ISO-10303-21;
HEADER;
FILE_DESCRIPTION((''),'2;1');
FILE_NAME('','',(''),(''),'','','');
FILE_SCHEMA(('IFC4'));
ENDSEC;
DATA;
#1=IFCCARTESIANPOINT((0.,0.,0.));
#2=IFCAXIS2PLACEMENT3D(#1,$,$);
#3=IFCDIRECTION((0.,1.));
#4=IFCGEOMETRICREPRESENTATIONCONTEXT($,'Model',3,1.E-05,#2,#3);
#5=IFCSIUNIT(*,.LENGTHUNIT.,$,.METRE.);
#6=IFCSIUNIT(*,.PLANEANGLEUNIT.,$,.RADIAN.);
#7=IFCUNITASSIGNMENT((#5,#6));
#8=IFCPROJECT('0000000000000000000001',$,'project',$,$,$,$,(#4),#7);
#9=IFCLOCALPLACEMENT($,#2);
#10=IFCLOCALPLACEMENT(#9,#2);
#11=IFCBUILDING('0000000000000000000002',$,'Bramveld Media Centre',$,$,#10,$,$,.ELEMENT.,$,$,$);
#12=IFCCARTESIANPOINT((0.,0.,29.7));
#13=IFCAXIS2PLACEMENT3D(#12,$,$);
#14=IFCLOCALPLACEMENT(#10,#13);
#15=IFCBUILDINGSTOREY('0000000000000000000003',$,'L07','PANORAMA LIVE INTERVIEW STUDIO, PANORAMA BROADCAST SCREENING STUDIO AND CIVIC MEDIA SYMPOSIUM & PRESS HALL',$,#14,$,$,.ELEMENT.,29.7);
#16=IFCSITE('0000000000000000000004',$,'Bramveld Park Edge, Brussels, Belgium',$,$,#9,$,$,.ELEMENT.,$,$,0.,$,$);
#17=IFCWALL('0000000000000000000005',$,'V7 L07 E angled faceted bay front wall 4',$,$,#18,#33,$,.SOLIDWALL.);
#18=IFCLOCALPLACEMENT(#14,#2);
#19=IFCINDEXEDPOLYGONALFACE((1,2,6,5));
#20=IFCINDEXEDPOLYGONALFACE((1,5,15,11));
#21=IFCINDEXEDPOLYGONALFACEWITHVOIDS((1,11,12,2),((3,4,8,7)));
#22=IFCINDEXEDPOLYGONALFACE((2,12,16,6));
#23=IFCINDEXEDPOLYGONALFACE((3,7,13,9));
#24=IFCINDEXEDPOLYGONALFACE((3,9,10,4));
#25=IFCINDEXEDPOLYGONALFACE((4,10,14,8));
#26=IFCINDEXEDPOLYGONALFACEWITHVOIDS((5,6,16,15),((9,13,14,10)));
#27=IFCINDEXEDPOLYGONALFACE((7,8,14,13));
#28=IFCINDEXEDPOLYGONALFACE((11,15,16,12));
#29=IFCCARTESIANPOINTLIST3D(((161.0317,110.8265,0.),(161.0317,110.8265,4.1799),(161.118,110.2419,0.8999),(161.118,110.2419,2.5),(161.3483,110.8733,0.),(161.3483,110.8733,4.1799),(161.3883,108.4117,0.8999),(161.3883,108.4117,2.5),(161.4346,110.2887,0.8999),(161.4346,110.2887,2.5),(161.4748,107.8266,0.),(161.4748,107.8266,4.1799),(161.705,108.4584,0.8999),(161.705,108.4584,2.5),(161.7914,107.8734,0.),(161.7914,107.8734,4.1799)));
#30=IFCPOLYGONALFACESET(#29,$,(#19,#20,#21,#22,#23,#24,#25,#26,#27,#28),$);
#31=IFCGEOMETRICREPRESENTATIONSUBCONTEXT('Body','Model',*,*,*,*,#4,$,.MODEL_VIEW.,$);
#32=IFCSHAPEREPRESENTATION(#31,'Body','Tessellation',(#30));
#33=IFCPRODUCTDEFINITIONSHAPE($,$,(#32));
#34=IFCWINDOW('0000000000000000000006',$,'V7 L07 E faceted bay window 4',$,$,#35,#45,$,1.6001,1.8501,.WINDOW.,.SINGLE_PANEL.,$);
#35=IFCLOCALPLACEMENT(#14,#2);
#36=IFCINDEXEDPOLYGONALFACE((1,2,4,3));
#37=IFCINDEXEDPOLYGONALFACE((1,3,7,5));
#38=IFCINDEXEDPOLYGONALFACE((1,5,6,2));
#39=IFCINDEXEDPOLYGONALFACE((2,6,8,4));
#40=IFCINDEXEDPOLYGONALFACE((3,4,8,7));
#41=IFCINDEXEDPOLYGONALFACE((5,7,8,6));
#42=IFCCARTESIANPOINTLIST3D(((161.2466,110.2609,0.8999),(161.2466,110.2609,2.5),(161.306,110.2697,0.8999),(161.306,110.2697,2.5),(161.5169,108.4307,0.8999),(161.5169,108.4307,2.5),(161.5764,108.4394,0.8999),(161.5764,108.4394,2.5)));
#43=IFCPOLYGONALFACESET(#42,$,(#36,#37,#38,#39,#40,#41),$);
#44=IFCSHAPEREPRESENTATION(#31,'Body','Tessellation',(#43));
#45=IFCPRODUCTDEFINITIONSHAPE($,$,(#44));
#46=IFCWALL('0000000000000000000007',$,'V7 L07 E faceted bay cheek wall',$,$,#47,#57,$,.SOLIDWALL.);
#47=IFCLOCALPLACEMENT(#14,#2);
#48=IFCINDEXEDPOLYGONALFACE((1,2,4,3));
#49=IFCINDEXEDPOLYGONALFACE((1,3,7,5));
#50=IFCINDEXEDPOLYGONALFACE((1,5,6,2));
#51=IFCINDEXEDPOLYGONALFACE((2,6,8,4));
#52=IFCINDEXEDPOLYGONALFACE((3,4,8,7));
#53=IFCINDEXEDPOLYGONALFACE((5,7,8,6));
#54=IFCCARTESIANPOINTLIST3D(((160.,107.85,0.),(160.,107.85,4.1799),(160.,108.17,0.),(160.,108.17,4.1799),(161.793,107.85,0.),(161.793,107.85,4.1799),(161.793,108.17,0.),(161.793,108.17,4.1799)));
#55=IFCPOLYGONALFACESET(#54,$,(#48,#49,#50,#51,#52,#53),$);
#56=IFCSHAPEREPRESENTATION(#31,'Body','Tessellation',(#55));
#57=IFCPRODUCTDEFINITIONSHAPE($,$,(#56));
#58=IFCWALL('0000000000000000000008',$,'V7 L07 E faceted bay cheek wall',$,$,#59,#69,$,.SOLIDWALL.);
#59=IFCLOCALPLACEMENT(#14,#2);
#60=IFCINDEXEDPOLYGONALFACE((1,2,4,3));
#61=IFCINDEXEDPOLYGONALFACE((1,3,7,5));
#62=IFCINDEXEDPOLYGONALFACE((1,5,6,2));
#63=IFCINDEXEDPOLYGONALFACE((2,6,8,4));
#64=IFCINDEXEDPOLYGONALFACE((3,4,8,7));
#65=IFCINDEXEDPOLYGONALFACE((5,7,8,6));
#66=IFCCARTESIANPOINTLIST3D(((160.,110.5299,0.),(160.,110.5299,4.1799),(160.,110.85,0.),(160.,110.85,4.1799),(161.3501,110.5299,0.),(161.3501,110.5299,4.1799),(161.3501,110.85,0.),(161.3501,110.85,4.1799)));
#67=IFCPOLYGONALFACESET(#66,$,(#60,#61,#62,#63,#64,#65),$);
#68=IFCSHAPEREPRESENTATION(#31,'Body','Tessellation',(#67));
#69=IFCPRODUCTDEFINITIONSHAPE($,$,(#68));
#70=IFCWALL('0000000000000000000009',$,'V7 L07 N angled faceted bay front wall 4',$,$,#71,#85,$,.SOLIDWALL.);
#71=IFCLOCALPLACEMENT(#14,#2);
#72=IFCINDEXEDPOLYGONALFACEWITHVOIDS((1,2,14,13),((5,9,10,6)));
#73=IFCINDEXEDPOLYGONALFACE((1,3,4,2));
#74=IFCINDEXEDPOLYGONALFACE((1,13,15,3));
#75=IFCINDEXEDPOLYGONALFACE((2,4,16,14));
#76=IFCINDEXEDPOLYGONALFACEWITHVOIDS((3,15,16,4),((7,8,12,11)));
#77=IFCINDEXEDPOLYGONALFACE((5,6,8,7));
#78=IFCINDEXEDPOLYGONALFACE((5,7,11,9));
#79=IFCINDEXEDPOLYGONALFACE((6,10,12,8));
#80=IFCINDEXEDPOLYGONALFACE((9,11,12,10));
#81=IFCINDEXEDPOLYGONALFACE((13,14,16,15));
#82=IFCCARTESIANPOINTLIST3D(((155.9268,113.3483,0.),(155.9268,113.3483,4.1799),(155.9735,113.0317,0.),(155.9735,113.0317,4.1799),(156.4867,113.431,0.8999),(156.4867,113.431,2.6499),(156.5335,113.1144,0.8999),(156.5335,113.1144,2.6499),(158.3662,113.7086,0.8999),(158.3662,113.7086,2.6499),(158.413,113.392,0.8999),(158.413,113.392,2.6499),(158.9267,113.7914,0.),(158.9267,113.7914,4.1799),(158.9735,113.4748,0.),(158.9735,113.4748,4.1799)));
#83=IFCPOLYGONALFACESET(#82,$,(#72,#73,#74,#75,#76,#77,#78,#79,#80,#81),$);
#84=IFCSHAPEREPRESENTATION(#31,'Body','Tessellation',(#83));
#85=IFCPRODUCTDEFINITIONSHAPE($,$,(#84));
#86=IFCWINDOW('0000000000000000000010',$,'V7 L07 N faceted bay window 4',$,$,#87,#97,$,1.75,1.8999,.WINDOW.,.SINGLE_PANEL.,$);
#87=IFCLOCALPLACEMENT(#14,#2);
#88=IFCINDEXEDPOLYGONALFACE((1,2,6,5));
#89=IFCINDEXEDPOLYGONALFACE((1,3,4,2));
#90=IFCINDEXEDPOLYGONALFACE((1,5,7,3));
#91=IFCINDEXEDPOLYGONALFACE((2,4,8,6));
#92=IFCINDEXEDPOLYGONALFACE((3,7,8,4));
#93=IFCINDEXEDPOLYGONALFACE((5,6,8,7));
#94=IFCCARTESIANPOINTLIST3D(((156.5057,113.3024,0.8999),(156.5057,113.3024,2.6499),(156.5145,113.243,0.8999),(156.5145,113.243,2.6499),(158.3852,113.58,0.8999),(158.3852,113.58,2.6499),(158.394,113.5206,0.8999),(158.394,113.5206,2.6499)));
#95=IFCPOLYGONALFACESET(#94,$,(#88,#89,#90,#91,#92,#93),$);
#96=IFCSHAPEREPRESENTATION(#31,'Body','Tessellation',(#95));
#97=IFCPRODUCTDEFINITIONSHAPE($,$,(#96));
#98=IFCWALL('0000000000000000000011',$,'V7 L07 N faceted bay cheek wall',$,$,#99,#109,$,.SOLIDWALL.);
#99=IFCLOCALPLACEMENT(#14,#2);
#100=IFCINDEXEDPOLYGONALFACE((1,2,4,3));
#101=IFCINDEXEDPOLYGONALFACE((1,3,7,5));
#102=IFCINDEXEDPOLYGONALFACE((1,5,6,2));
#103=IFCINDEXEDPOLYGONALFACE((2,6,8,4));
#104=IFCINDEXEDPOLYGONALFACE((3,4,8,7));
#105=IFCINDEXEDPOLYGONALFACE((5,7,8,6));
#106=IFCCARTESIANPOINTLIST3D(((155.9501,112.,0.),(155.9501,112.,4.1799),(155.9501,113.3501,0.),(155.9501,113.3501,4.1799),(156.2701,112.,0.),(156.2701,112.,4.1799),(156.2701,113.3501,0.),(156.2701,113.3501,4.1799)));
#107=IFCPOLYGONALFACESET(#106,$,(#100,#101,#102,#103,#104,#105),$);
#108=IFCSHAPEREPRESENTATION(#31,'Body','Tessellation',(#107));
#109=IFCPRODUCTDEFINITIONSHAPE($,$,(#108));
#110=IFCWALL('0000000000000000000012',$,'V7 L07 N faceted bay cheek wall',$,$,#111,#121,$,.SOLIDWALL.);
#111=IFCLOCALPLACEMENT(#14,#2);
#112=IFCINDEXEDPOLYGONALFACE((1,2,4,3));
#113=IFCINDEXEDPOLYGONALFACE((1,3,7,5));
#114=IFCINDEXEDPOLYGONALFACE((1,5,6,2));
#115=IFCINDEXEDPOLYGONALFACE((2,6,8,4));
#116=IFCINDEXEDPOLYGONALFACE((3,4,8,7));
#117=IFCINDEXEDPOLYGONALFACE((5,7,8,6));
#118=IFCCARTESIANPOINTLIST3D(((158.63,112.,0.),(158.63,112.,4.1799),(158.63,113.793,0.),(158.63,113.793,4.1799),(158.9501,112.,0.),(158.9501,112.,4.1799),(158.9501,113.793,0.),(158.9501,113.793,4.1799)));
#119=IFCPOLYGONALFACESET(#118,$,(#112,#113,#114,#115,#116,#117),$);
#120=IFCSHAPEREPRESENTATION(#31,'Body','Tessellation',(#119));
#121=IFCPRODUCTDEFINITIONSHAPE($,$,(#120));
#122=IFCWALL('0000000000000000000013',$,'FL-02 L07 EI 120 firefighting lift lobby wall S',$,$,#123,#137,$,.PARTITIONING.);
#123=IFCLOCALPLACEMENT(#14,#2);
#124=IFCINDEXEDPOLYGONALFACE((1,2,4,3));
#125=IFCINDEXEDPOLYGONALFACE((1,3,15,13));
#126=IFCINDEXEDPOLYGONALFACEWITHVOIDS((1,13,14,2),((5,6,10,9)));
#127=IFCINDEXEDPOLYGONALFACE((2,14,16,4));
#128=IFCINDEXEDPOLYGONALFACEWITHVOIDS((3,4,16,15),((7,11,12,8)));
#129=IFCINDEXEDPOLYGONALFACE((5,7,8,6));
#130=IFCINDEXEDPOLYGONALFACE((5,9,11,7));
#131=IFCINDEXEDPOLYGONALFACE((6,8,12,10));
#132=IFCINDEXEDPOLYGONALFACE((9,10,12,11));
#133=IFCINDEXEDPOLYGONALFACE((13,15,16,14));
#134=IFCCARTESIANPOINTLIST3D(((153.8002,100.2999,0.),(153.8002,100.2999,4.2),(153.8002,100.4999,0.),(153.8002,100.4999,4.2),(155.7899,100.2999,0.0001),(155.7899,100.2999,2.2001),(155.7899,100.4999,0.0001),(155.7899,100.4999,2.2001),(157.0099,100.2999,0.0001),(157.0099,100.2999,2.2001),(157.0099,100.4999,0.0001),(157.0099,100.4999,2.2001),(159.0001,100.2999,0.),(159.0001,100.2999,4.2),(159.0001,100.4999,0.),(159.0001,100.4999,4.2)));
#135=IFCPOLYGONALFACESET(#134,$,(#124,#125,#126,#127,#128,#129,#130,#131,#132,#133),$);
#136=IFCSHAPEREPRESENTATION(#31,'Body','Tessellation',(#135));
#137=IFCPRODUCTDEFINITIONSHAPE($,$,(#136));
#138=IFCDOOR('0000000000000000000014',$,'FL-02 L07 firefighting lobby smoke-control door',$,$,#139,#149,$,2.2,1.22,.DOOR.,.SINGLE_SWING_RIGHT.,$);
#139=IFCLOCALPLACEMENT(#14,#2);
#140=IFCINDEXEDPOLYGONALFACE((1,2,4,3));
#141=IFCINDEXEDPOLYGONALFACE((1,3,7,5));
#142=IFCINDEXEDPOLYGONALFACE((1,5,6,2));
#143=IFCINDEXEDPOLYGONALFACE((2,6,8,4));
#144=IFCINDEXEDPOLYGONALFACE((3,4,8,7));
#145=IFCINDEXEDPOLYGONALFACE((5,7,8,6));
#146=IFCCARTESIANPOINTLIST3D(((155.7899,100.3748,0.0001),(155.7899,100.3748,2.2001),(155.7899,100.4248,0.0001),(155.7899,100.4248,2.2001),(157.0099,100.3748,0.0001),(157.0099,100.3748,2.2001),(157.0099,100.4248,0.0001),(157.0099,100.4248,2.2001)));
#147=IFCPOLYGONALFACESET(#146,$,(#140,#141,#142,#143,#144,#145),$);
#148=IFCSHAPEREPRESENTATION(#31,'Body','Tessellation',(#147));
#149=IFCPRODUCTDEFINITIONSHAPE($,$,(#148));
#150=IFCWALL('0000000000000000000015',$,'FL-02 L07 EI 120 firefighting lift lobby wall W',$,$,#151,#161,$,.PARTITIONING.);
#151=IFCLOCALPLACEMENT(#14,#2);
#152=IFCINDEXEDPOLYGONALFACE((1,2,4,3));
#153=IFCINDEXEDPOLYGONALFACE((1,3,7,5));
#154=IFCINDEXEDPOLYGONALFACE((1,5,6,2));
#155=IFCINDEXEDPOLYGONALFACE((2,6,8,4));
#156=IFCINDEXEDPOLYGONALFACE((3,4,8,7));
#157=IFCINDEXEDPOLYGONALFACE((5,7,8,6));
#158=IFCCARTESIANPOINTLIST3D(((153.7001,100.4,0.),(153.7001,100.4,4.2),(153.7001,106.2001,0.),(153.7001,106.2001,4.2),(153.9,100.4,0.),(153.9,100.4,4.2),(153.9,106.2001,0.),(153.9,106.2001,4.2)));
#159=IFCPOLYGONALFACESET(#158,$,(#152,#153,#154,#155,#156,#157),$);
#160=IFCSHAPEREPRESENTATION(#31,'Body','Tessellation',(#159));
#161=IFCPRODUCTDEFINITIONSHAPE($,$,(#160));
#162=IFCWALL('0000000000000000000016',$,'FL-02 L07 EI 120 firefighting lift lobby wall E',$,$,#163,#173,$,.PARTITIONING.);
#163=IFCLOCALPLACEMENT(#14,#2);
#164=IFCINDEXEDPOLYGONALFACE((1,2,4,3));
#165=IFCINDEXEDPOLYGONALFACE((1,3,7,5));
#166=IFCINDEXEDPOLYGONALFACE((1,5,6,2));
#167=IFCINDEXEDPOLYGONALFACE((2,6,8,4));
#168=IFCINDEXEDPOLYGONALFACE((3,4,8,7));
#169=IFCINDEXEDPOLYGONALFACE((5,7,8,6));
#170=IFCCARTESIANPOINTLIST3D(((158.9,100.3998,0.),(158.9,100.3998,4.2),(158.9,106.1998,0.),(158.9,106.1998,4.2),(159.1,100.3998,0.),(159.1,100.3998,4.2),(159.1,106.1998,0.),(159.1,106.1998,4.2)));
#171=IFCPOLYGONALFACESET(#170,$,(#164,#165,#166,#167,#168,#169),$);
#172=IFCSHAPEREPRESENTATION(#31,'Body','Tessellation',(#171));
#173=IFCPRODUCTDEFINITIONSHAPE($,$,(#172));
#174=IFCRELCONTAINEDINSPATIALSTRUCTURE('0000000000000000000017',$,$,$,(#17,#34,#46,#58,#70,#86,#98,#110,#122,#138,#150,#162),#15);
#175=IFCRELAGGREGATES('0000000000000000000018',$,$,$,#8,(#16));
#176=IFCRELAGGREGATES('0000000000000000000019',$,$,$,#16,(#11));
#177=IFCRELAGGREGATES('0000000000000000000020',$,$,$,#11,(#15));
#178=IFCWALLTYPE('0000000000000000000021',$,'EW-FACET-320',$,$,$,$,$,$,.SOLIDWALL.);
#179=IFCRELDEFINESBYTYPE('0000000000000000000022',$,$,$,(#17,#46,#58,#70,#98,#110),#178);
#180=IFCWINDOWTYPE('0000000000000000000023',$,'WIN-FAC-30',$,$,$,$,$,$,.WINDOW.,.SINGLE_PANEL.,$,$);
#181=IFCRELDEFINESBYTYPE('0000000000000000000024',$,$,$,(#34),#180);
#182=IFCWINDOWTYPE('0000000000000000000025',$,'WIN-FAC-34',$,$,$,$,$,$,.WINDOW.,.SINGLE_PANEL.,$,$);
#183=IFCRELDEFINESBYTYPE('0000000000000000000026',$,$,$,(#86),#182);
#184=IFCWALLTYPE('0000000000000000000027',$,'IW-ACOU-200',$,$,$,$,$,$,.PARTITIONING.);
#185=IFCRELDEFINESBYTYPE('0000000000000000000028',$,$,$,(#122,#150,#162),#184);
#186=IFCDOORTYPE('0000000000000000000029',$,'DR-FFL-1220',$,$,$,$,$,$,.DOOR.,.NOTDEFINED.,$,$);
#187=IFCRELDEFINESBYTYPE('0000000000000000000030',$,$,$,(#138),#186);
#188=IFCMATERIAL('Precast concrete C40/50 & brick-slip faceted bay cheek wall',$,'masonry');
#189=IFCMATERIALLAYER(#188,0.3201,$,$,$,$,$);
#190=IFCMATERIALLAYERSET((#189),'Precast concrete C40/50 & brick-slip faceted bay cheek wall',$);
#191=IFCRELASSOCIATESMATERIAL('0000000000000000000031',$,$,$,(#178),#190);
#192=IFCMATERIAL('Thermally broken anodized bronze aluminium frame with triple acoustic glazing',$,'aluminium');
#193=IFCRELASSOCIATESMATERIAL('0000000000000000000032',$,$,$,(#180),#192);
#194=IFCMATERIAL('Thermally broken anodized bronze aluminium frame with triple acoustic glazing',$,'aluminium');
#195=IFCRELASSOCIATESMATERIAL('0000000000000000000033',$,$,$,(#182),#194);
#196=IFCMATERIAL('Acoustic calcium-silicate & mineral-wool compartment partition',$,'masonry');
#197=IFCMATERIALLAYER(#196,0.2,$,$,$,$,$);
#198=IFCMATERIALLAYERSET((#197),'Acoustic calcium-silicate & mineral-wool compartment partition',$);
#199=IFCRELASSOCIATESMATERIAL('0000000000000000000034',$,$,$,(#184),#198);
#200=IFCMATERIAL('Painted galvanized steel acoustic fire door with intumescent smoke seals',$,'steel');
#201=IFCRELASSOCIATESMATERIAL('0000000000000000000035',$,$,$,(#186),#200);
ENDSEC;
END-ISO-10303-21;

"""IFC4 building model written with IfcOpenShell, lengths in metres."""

from ifc_helpers import new_model, si_unit, direction, frame, frame_2d, origin, place, context, subcontext, project, spatial, rectangle, extrude, material, layer, layer_set, type_object, element, fill, save


model = new_model("IFC4")

# Units and contexts
model_context = context("Model", 3, precision=1e-05, world=origin(), true_north=direction((0.0, 1.0)))
body_context = subcontext(model_context, "Body", "Model", "MODEL_VIEW")
ifc_project = project(units=[si_unit("LENGTHUNIT", "METRE"), si_unit("PLANEANGLEUNIT", "RADIAN")], contexts=[model_context])

# Site, building, storey
site_placement = place(None, origin())
site = spatial("IfcSite", under=ifc_project, at=site_placement, Name="Bramveld Park Edge, Brussels, Belgium", CompositionType="ELEMENT", RefElevation=0.0)
building_placement = place(site_placement, origin())
building = spatial("IfcBuilding", under=site, at=building_placement, Name="Bramveld Media Centre", CompositionType="ELEMENT")
storey_placement = place(building_placement, frame((0.0, 0.0, 29.7)))
storey = spatial("IfcBuildingStorey", under=building, at=storey_placement, Name="L07", Description="PANORAMA LIVE INTERVIEW STUDIO, PANORAMA BROADCAST SCREENING STUDIO AND CIVIC MEDIA SYMPOSIUM & PRESS HALL", CompositionType="ELEMENT", Elevation=29.7)

# Shared definitions
ifc_material_1 = material(Name="Precast concrete C40/50 & brick-slip faceted bay cheek wall", Category="masonry")
ifc_layer_1 = layer(ifc_material_1, 0.3201)
ifc_layer_set_1 = layer_set([ifc_layer_1], Name="Precast concrete C40/50 & brick-slip faceted bay cheek wall")
wall_type_1 = type_object("IfcWallType", Name="EW-FACET-320", PredefinedType="SOLIDWALL", material=ifc_layer_set_1)

# Wall, opening, window
wall_1_placement = place(storey_placement, frame((161.6331, 107.8501, 0.0), z_axis=(0.0, 0.0, 1.0), x_axis=(-0.14612, 0.989267, 0.0)))
wall_1 = element("IfcWall", 1, at=wall_1_placement, inside=storey, type_object=wall_type_1, Name="V7 L07 E angled faceted bay front wall 4", PredefinedType="SOLIDWALL", context=body_context, shape_type="SweptSolid", body=[
    extrude(rectangle(XDim=3.0325, YDim=0.3201, at=frame_2d((1.5161, 0.0))), origin(), (0.0, 0.0, 1.0), 4.1799),
])
opening_1_placement = place(wall_1_placement, frame((0.5913, 0.0, 0.8999)))
opening_1 = element("IfcOpeningElement", 2, at=opening_1_placement, cuts=wall_1, PredefinedType="OPENING", context=body_context, shape_type="SweptSolid", body=[
    extrude(rectangle(XDim=1.8501, YDim=1.6001, at=frame_2d((0.925, 0.8))), frame((0.0, 0.1719, 0.0), z_axis=(0.0, -1.0, 0.0), x_axis=(1.0, 0.0, 0.0)), (0.0, 0.0, 1.0), 0.344),
])
ifc_material_2 = material(Name="Thermally broken anodized bronze aluminium frame with triple acoustic glazing", Category="aluminium")
window_type_1 = type_object("IfcWindowType", Name="WIN-FAC-30", PartitioningType="SINGLE_PANEL", PredefinedType="WINDOW", material=ifc_material_2)
window_1_placement = place(opening_1_placement, origin())
window_1 = element("IfcWindow", 3, at=window_1_placement, inside=storey, type_object=window_type_1, Name="V7 L07 E faceted bay window 4", OverallHeight=1.6001, OverallWidth=1.8501, PartitioningType="SINGLE_PANEL", PredefinedType="WINDOW", context=body_context, shape_type="SweptSolid", body=[
    extrude(rectangle(XDim=1.8501, YDim=1.6001, at=frame_2d((0.925, 0.8))), frame((0.0, 0.03, 0.0), z_axis=(0.0, -1.0, 0.0), x_axis=(1.0, 0.0, 0.0)), (0.0, 0.0, 1.0), 0.0601),
])
fill(opening_1, window_1)

# Walls
wall_2_placement = place(storey_placement, frame((160.0, 108.01, 0.0), z_axis=(0.0, 0.0, 1.0), x_axis=(1.0, 0.0, 0.0)))
element("IfcWall", 4, at=wall_2_placement, inside=storey, type_object=wall_type_1, Name="V7 L07 E faceted bay cheek wall", PredefinedType="SOLIDWALL", context=body_context, shape_type="SweptSolid", body=[
    extrude(rectangle(XDim=1.793, YDim=0.3201, at=frame_2d((0.8965, 0.0))), origin(), (0.0, 0.0, 1.0), 4.1799),
])
wall_3_placement = place(storey_placement, frame((160.0, 110.6899, 0.0), z_axis=(0.0, 0.0, 1.0), x_axis=(1.0, 0.0, 0.0)))
element("IfcWall", 5, at=wall_3_placement, inside=storey, type_object=wall_type_1, Name="V7 L07 E faceted bay cheek wall", PredefinedType="SOLIDWALL", context=body_context, shape_type="SweptSolid", body=[
    extrude(rectangle(XDim=1.3501, YDim=0.3201, at=frame_2d((0.675, 0.0))), origin(), (0.0, 0.0, 1.0), 4.1799),
])

# Wall, opening, window
wall_4_placement = place(storey_placement, frame((158.95, 113.6331, 0.0), z_axis=(0.0, 0.0, 1.0), x_axis=(-0.989267, -0.14612, 0.0)))
wall_4 = element("IfcWall", 6, at=wall_4_placement, inside=storey, type_object=wall_type_1, Name="V7 L07 N angled faceted bay front wall 4", PredefinedType="SOLIDWALL", context=body_context, shape_type="SweptSolid", body=[
    extrude(rectangle(XDim=3.0325, YDim=0.3201, at=frame_2d((1.5161, 0.0))), origin(), (0.0, 0.0, 1.0), 4.1799),
])
opening_2_placement = place(wall_4_placement, frame((0.5664, 0.0, 0.8999)))
opening_2 = element("IfcOpeningElement", 7, at=opening_2_placement, cuts=wall_4, PredefinedType="OPENING", context=body_context, shape_type="SweptSolid", body=[
    extrude(rectangle(XDim=1.8999, YDim=1.75, at=frame_2d((0.95, 0.875))), frame((0.0, 0.1719, 0.0), z_axis=(0.0, -1.0, 0.0), x_axis=(1.0, 0.0, 0.0)), (0.0, 0.0, 1.0), 0.344),
])
ifc_material_3 = material(Name="Thermally broken anodized bronze aluminium frame with triple acoustic glazing", Category="aluminium")
window_type_2 = type_object("IfcWindowType", Name="WIN-FAC-34", PartitioningType="SINGLE_PANEL", PredefinedType="WINDOW", material=ifc_material_3)
window_2_placement = place(opening_2_placement, origin())
window_2 = element("IfcWindow", 8, at=window_2_placement, inside=storey, type_object=window_type_2, Name="V7 L07 N faceted bay window 4", OverallHeight=1.75, OverallWidth=1.8999, PartitioningType="SINGLE_PANEL", PredefinedType="WINDOW", context=body_context, shape_type="SweptSolid", body=[
    extrude(rectangle(XDim=1.8999, YDim=1.75, at=frame_2d((0.95, 0.875))), frame((0.0, 0.03, 0.0), z_axis=(0.0, -1.0, 0.0), x_axis=(1.0, 0.0, 0.0)), (0.0, 0.0, 1.0), 0.0601),
])
fill(opening_2, window_2)

# Walls
wall_5_placement = place(storey_placement, frame((156.1101, 112.0, 0.0), z_axis=(0.0, 0.0, 1.0), x_axis=(0.0, 1.0, 0.0)))
element("IfcWall", 9, at=wall_5_placement, inside=storey, type_object=wall_type_1, Name="V7 L07 N faceted bay cheek wall", PredefinedType="SOLIDWALL", context=body_context, shape_type="SweptSolid", body=[
    extrude(rectangle(XDim=1.3501, YDim=0.3201, at=frame_2d((0.675, 0.0))), origin(), (0.0, 0.0, 1.0), 4.1799),
])
wall_6_placement = place(storey_placement, frame((158.79, 112.0, 0.0), z_axis=(0.0, 0.0, 1.0), x_axis=(0.0, 1.0, 0.0)))
element("IfcWall", 10, at=wall_6_placement, inside=storey, type_object=wall_type_1, Name="V7 L07 N faceted bay cheek wall", PredefinedType="SOLIDWALL", context=body_context, shape_type="SweptSolid", body=[
    extrude(rectangle(XDim=1.793, YDim=0.3201, at=frame_2d((0.8965, 0.0))), origin(), (0.0, 0.0, 1.0), 4.1799),
])

# Wall, opening, door
ifc_material_4 = material(Name="Acoustic calcium-silicate & mineral-wool compartment partition", Category="masonry")
ifc_layer_2 = layer(ifc_material_4, 0.2)
ifc_layer_set_2 = layer_set([ifc_layer_2], Name="Acoustic calcium-silicate & mineral-wool compartment partition")
wall_type_2 = type_object("IfcWallType", Name="IW-ACOU-200", PredefinedType="PARTITIONING", material=ifc_layer_set_2)
wall_7_placement = place(storey_placement, frame((153.8, 100.3999, 0.0), z_axis=(0.0, 0.0, 1.0), x_axis=(1.0, 0.0, 0.0)))
wall_7 = element("IfcWall", 11, at=wall_7_placement, inside=storey, type_object=wall_type_2, Name="FL-02 L07 EI 120 firefighting lift lobby wall S", PredefinedType="PARTITIONING", context=body_context, shape_type="SweptSolid", body=[
    extrude(rectangle(XDim=5.2, YDim=0.2, at=frame_2d((2.6001, 0.0))), origin(), (0.0, 0.0, 1.0), 4.2),
])
opening_3_placement = place(wall_7_placement, frame((1.99, 0.0, 0.0)))
opening_3 = element("IfcOpeningElement", 12, at=opening_3_placement, cuts=wall_7, PredefinedType="OPENING", context=body_context, shape_type="SweptSolid", body=[
    extrude(rectangle(XDim=1.22, YDim=2.2, at=frame_2d((0.6099, 1.1001))), frame((0.0, 0.1118, 0.0), z_axis=(0.0, -1.0, 0.0), x_axis=(1.0, 0.0, 0.0)), (0.0, 0.0, 1.0), 0.2239),
])
ifc_material_5 = material(Name="Painted galvanized steel acoustic fire door with intumescent smoke seals", Category="steel")
door_type_1 = type_object("IfcDoorType", Name="DR-FFL-1220", OperationType="NOTDEFINED", PredefinedType="DOOR", material=ifc_material_5)
door_1_placement = place(opening_3_placement, origin())
door_1 = element("IfcDoor", 13, at=door_1_placement, inside=storey, type_object=door_type_1, Name="FL-02 L07 firefighting lobby smoke-control door", OperationType="SINGLE_SWING_RIGHT", OverallHeight=2.2, OverallWidth=1.22, PredefinedType="DOOR", context=body_context, shape_type="SweptSolid", body=[
    extrude(rectangle(XDim=1.22, YDim=2.2, at=frame_2d((0.6099, 1.1001))), frame((0.0, 0.0249, 0.0), z_axis=(0.0, -1.0, 0.0), x_axis=(1.0, 0.0, 0.0)), (0.0, 0.0, 1.0), 0.05),
])
fill(opening_3, door_1)

# Walls
for number, where, z_axis, x_axis, name in (
    (14, (153.8, 106.2, 0.0), (0.0, 0.0, 1.0), (0.0, -1.0, 0.0), "FL-02 L07 EI 120 firefighting lift lobby wall W"),
    (15, (159.0, 100.3999, 0.0), (0.0, 0.0, 1.0), (0.0, 1.0, 0.0), "FL-02 L07 EI 120 firefighting lift lobby wall E"),
):
    element("IfcWall", number, at=place(storey_placement, frame(where, z_axis=z_axis, x_axis=x_axis)), inside=storey, type_object=wall_type_2, Name=name, PredefinedType="PARTITIONING", context=body_context, shape_type="SweptSolid", body=[
        extrude(rectangle(XDim=5.8, YDim=0.2, at=frame_2d((2.8999, 0.0))), origin(), (0.0, 0.0, 1.0), 4.2),
    ])

save(model, "model.ifc")
